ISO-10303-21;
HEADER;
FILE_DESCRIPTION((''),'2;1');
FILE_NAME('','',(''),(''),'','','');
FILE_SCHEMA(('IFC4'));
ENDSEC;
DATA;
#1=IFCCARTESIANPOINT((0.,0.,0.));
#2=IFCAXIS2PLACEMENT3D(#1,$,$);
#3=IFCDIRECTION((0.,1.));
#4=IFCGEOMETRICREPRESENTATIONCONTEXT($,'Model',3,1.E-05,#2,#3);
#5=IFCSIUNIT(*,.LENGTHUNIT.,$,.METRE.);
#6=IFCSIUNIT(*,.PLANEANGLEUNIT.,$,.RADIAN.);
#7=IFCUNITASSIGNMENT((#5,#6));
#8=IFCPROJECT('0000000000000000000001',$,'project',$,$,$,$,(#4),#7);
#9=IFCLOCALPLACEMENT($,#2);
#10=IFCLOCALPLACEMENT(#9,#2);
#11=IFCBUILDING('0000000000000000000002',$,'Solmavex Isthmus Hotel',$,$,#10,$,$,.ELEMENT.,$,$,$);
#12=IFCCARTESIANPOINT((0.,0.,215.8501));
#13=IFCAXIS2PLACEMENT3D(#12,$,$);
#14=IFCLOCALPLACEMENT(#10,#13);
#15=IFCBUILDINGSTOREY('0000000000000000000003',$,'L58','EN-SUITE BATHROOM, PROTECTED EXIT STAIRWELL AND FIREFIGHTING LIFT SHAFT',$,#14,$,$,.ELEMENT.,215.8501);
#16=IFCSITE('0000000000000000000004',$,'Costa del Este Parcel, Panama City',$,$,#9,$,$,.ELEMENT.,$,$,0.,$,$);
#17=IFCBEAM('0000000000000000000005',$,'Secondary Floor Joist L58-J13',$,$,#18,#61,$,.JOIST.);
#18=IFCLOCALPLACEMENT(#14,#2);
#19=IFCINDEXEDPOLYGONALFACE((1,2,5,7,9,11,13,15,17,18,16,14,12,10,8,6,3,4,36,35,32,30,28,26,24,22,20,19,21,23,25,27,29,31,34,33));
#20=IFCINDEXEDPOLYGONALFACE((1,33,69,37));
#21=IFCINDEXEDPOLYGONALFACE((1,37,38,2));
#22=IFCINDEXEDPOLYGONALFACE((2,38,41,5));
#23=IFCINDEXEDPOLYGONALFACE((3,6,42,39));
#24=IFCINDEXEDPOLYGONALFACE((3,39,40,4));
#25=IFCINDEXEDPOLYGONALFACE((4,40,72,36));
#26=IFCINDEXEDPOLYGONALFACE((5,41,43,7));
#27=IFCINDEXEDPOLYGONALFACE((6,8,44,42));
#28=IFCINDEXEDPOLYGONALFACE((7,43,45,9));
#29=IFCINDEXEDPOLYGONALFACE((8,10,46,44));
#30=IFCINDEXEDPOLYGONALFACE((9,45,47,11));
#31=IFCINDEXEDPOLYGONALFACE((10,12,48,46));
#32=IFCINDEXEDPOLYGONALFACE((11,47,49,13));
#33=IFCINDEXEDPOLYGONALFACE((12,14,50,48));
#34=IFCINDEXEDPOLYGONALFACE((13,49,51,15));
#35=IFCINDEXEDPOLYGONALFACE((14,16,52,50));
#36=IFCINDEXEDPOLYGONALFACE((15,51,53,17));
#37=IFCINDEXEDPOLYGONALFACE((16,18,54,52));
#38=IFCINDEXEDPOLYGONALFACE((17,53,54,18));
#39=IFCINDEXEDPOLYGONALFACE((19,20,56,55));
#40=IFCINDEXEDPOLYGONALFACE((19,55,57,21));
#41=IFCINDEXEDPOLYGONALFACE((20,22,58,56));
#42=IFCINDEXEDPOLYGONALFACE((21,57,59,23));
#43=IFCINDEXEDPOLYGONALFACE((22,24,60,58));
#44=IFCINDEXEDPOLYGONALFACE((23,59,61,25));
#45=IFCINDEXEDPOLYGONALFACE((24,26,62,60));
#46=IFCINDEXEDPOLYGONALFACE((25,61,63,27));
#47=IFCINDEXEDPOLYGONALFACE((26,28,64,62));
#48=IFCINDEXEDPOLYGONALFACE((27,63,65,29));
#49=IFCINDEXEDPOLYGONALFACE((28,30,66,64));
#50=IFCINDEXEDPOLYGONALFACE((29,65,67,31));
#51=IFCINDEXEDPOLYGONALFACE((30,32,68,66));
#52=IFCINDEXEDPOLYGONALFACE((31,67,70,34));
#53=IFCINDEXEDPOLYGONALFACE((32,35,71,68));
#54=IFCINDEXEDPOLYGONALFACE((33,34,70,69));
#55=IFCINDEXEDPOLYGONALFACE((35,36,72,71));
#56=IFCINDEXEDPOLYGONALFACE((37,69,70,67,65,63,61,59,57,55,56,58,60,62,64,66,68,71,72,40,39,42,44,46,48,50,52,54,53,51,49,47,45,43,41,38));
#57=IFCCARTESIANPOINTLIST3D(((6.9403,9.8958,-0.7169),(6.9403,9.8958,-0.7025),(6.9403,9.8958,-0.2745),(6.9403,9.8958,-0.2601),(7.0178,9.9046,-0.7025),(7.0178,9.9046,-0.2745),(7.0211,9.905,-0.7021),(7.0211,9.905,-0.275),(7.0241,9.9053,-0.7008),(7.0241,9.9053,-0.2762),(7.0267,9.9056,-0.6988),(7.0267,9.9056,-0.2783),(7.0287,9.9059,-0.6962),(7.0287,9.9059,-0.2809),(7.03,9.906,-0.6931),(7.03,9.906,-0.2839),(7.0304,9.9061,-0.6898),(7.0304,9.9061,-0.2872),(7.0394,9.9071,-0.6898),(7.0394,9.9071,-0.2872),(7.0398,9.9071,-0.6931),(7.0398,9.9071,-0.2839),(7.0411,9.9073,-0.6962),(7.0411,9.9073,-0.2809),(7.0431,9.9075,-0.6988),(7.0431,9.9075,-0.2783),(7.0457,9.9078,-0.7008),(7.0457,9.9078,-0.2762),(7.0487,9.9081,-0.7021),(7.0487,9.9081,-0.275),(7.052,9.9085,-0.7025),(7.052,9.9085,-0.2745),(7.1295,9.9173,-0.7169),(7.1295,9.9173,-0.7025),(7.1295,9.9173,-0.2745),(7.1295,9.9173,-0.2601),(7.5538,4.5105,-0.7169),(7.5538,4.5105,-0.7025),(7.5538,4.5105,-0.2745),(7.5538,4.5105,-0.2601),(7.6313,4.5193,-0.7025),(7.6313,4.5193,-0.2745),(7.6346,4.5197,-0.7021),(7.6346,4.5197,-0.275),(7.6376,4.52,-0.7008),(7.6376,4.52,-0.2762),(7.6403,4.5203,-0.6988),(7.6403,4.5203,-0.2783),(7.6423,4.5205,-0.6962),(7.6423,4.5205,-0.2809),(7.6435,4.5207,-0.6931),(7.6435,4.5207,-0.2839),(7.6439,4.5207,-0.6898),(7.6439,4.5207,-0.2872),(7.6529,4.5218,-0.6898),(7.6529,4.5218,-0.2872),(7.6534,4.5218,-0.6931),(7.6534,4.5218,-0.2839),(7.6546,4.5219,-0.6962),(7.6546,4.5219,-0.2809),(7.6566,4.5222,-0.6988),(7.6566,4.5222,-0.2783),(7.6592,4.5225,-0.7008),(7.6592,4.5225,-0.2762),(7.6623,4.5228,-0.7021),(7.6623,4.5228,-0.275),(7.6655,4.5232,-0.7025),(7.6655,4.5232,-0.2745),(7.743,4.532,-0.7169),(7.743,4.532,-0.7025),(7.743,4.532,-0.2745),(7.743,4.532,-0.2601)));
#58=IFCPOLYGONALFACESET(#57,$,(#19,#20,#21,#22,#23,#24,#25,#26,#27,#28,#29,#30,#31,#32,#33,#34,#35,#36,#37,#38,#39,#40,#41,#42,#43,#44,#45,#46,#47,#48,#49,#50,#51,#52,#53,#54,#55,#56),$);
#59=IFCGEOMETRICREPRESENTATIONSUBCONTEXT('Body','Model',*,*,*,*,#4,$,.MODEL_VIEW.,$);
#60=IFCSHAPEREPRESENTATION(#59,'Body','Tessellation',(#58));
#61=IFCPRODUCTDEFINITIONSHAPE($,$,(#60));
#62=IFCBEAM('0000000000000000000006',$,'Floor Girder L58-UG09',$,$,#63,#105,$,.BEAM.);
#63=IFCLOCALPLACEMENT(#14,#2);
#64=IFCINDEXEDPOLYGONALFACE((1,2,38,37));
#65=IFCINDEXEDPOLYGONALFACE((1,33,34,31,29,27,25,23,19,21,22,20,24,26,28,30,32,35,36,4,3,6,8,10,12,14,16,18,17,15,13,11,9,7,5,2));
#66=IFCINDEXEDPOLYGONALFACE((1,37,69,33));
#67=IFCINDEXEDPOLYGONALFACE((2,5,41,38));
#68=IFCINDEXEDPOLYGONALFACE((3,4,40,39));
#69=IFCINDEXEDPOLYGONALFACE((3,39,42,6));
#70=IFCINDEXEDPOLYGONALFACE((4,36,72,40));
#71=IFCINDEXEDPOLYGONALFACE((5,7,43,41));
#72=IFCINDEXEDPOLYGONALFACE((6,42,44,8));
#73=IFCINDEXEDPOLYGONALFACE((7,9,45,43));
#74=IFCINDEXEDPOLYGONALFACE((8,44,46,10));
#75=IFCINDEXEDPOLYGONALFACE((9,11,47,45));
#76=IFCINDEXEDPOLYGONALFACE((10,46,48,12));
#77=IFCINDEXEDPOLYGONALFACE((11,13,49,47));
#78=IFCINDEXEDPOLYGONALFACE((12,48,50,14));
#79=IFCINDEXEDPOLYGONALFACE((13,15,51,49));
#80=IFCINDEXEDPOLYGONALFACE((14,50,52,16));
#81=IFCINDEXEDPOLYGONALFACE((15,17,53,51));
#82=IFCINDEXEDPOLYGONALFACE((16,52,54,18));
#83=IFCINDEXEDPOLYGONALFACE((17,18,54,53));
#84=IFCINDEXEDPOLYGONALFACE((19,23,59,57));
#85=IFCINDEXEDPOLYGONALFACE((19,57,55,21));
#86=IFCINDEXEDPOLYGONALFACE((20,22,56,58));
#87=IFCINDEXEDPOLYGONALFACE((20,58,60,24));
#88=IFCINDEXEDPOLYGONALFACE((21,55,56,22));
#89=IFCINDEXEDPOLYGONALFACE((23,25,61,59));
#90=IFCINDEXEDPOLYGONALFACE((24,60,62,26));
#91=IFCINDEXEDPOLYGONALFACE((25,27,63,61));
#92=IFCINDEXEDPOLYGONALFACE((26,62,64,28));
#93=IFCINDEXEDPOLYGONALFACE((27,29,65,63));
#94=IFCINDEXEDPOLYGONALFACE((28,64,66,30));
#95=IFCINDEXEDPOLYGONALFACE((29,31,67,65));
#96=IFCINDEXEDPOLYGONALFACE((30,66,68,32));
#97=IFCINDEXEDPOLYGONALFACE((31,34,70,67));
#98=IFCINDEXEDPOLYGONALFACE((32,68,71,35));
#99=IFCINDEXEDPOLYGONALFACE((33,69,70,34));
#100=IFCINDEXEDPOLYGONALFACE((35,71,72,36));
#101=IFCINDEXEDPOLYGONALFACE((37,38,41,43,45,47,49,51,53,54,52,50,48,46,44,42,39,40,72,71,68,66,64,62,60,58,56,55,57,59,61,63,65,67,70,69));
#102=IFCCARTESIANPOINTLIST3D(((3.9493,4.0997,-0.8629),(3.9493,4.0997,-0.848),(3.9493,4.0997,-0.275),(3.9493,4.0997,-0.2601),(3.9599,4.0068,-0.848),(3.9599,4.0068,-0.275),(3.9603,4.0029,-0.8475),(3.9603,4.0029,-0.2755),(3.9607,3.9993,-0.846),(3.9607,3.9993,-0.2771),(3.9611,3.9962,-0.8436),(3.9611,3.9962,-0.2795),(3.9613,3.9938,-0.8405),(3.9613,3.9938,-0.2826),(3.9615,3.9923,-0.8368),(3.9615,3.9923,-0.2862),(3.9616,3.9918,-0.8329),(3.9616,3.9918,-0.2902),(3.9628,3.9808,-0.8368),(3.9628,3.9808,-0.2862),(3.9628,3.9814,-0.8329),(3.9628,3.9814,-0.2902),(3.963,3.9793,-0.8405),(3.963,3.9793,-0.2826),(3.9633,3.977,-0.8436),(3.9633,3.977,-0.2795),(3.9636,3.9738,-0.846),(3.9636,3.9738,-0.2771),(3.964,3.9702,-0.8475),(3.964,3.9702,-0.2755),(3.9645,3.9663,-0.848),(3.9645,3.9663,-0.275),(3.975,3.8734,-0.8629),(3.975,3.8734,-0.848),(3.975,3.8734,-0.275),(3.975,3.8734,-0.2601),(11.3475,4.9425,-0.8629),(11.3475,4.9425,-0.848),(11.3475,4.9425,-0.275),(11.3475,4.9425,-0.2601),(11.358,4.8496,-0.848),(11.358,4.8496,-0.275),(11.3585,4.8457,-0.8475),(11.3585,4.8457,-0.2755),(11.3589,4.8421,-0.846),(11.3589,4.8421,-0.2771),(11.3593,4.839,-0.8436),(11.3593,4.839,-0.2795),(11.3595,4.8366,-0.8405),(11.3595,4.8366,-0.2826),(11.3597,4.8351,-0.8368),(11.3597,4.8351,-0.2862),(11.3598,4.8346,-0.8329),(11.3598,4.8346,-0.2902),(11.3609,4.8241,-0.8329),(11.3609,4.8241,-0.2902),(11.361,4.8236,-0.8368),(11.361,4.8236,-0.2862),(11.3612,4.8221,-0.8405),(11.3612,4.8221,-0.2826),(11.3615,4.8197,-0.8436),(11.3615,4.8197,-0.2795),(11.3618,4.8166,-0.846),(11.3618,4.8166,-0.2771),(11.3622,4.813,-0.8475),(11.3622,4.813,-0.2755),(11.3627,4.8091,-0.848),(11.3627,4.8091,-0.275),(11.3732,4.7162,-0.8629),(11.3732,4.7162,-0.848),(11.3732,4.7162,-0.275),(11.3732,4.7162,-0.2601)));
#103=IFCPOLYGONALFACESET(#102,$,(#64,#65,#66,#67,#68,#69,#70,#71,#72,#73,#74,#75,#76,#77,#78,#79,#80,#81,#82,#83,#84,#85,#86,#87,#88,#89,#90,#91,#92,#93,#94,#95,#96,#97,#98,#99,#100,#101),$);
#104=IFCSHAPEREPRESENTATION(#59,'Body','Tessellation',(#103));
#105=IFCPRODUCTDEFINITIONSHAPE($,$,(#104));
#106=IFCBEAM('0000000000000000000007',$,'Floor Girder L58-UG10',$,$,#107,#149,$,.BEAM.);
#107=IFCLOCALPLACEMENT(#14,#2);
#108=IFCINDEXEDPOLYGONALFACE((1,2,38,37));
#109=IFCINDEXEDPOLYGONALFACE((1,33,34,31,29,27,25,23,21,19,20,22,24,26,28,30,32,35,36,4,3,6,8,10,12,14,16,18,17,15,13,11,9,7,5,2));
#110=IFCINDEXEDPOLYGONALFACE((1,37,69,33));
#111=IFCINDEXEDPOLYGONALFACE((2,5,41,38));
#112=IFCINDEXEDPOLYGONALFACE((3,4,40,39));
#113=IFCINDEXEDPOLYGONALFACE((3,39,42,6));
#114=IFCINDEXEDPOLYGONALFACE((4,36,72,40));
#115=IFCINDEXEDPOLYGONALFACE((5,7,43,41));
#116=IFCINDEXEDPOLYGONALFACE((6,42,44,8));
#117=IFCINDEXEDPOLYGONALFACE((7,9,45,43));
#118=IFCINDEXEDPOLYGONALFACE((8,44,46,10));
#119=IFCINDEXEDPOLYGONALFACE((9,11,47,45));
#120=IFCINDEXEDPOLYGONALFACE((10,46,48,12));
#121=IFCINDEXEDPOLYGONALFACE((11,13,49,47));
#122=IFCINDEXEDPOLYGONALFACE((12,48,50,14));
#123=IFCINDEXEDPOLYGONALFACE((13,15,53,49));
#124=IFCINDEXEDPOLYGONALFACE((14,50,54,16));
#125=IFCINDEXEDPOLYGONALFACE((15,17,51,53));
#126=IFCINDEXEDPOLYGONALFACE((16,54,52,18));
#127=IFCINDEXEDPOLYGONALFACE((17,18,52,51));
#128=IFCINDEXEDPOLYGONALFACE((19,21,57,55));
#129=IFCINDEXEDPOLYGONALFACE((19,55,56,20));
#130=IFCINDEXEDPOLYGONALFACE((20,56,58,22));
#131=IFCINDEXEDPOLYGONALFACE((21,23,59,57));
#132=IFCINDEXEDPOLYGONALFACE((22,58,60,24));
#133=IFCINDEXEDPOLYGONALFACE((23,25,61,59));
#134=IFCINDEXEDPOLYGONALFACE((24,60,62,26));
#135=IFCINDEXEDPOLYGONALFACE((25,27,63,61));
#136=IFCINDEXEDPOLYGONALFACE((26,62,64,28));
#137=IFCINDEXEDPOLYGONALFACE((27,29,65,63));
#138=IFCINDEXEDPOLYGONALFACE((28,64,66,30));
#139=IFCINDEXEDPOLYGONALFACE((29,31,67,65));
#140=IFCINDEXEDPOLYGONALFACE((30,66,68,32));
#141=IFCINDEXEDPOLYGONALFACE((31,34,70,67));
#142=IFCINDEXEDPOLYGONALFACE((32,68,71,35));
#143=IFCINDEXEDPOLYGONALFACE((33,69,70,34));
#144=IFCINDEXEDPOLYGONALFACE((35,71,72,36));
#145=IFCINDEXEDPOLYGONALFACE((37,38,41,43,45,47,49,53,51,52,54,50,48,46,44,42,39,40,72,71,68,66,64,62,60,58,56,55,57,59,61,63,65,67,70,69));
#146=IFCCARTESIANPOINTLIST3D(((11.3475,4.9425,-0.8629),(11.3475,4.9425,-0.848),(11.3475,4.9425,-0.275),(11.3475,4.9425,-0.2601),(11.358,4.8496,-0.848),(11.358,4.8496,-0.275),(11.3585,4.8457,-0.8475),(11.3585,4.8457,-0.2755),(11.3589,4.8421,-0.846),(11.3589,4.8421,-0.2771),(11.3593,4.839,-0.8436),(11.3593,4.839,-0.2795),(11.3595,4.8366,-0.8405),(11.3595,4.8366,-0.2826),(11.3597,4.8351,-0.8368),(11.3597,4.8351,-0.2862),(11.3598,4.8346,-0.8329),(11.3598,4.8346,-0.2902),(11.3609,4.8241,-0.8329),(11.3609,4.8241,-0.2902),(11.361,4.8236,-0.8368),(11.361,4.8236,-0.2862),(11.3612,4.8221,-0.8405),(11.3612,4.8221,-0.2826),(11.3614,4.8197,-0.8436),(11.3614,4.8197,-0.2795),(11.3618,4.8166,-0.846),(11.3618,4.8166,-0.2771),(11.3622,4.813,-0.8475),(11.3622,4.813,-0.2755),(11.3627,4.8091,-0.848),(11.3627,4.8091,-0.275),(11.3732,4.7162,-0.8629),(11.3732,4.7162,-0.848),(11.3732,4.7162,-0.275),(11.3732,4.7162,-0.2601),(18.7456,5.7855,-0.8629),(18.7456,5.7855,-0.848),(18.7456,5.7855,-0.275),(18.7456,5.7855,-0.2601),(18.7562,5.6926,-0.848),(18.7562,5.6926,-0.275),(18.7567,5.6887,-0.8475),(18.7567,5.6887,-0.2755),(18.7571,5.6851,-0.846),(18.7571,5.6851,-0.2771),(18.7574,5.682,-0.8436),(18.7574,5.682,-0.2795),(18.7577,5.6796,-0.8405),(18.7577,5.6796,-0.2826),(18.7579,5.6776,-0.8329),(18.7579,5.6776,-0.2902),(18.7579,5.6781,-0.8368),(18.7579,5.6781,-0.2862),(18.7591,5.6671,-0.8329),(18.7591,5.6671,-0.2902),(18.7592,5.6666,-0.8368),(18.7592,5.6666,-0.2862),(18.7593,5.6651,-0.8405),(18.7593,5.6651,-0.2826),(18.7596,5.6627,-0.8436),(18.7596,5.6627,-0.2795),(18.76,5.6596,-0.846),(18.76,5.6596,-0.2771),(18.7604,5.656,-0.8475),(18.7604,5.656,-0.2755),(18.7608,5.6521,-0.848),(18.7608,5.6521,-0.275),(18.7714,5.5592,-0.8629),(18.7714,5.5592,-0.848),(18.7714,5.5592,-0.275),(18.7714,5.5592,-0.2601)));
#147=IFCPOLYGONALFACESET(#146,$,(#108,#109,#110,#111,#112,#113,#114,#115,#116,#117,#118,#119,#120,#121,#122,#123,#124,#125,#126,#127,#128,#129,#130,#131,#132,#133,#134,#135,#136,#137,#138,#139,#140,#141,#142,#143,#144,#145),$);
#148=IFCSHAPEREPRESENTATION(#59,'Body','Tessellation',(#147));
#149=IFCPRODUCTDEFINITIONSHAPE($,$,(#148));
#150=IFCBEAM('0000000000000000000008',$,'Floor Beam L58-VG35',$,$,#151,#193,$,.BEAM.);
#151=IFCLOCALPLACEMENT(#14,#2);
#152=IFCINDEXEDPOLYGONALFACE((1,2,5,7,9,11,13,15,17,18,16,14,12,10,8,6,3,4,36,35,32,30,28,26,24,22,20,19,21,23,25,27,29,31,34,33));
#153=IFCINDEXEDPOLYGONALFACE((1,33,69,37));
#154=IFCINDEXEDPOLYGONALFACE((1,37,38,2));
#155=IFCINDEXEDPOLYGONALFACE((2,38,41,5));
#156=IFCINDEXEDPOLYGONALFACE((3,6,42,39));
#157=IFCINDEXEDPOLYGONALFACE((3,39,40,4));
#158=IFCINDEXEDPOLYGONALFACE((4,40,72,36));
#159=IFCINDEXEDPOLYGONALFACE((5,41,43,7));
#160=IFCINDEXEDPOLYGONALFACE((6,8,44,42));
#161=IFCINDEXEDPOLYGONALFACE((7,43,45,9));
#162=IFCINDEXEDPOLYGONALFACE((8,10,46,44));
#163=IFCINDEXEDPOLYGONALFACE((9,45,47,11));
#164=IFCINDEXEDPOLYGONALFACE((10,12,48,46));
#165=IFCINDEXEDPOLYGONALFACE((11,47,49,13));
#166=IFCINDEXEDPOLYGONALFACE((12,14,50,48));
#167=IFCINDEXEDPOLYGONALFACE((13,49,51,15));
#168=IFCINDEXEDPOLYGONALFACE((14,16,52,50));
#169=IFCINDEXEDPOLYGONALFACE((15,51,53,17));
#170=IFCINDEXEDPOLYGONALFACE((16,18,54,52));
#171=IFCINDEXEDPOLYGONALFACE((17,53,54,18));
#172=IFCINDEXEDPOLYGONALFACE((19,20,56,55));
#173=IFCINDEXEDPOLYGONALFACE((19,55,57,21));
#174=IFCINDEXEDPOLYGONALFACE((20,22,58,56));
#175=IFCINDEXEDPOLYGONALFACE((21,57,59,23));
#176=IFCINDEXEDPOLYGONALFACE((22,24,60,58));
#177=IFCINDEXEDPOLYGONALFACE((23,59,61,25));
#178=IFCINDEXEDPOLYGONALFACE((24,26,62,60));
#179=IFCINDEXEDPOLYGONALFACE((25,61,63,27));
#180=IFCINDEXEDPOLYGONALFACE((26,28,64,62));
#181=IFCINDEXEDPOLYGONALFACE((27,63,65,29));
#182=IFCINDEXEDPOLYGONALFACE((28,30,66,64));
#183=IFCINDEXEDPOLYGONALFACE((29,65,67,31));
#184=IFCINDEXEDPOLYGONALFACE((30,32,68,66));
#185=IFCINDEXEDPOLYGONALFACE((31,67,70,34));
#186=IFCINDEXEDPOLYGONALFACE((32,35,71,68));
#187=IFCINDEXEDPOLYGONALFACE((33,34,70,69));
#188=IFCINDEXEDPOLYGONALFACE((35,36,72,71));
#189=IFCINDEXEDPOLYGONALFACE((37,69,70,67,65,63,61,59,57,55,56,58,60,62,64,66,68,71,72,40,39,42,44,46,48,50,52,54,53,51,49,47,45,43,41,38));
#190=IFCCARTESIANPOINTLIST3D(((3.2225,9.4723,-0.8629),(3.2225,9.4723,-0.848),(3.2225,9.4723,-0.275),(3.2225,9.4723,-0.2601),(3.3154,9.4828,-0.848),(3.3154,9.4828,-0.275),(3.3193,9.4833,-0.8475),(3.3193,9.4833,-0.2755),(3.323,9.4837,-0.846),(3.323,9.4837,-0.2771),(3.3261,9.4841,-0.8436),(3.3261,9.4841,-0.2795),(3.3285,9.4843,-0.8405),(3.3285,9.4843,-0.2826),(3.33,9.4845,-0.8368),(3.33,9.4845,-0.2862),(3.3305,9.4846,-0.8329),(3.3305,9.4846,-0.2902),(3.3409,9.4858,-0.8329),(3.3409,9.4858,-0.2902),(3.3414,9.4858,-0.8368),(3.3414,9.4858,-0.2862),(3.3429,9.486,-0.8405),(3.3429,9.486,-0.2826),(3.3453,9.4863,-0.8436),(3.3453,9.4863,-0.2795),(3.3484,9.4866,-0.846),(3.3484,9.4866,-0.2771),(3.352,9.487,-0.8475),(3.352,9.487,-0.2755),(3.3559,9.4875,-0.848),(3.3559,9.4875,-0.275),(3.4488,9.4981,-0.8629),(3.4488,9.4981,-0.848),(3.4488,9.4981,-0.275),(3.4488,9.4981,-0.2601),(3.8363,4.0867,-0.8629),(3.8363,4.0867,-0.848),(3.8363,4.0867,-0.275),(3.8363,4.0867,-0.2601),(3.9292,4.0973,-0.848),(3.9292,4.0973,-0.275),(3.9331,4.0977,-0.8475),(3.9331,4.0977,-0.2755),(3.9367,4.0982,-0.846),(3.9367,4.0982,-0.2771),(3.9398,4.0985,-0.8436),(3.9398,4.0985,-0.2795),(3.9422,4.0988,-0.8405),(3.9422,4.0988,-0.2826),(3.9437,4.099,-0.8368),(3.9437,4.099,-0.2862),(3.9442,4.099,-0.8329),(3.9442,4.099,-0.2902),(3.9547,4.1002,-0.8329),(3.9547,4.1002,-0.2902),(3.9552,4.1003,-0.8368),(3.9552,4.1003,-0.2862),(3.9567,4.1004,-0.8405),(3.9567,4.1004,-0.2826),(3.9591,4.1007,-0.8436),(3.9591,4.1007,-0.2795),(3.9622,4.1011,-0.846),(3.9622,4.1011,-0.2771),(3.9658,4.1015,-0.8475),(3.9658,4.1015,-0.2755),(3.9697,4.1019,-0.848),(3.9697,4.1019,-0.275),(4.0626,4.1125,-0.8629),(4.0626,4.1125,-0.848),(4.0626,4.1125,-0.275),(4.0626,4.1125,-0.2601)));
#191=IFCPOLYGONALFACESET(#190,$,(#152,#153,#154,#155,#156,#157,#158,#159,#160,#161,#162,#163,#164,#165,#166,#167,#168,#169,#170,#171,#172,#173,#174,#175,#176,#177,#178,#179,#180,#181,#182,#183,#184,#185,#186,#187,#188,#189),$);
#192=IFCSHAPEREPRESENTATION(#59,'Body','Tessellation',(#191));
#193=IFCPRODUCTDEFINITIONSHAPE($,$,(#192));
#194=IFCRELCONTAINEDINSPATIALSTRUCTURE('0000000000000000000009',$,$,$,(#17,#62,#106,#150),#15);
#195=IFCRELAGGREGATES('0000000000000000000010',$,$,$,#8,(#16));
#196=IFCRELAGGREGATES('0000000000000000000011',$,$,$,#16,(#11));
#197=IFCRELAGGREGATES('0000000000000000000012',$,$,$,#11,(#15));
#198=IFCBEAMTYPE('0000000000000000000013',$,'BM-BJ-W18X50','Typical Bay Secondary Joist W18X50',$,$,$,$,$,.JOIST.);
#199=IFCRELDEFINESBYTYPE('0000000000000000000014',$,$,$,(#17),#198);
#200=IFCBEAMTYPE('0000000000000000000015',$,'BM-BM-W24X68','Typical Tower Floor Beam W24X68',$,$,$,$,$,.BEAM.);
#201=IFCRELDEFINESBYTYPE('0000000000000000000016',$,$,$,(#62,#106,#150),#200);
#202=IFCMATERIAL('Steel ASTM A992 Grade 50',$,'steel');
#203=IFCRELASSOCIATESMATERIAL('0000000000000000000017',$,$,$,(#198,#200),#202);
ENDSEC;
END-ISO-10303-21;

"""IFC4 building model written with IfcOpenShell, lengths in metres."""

from ifc_helpers import new_model, si_unit, direction, frame, origin, origin_2d, place, context, subcontext, project, spatial, i_section, extrude, material, material_profile, profile_set, type_object, element, save


model = new_model("IFC4")

# Units and contexts
model_context = context("Model", 3, precision=1e-05, world=origin(), true_north=direction((0.0, 1.0)))
body_context = subcontext(model_context, "Body", "Model", "MODEL_VIEW")
ifc_project = project(units=[si_unit("LENGTHUNIT", "METRE"), si_unit("PLANEANGLEUNIT", "RADIAN")], contexts=[model_context])

# Site, building, storey
site_placement = place(None, origin())
site = spatial("IfcSite", under=ifc_project, at=site_placement, Name="Costa del Este Parcel, Panama City", CompositionType="ELEMENT", RefElevation=0.0)
building_placement = place(site_placement, origin())
building = spatial("IfcBuilding", under=site, at=building_placement, Name="Solmavex Isthmus Hotel", CompositionType="ELEMENT")
storey_placement = place(building_placement, frame((0.0, 0.0, 215.8501)))
storey = spatial("IfcBuildingStorey", under=building, at=storey_placement, Name="L58", Description="EN-SUITE BATHROOM, PROTECTED EXIT STAIRWELL AND FIREFIGHTING LIFT SHAFT", CompositionType="ELEMENT", Elevation=215.8501)

# Beams
ifc_material_1 = material(Name="Steel ASTM A992 Grade 50", Category="steel")
ifc_material_profile_1 = material_profile(ifc_material_1, i_section(OverallWidth=0.1904, OverallDepth=0.4568, WebThickness=0.009, FlangeThickness=0.0144, FilletRadius=0.0127, at=origin_2d()), Name="W18X50")
ifc_profile_set_1 = profile_set([ifc_material_profile_1], Name="Steel ASTM A992 Grade 50")
beam_type_1 = type_object("IfcBeamType", Name="BM-BJ-W18X50", Description="Typical Bay Secondary Joist W18X50", PredefinedType="JOIST", material=ifc_profile_set_1)
beam_1_placement = place(storey_placement, frame((7.6484, 4.5212, -0.4885), z_axis=(-0.113195, 0.993573, 0.0), x_axis=(-0.993573, -0.113195, 0.0)))
element("IfcBeam", 1, at=beam_1_placement, inside=storey, type_object=beam_type_1, Name="Secondary Floor Joist L58-J13", PredefinedType="JOIST", context=body_context, shape_type="SweptSolid", body=[
    extrude(i_section(OverallWidth=0.1904, OverallDepth=0.4568, WebThickness=0.009, FlangeThickness=0.0144, FilletRadius=0.0127, at=origin_2d()), origin(), (0.0, 0.0, 1.0), 5.4202),
])
ifc_material_profile_2 = material_profile(ifc_material_1, i_section(OverallWidth=0.2278, OverallDepth=0.6028, WebThickness=0.0105, FlangeThickness=0.0149, FilletRadius=0.0151, at=origin_2d()), Name="W24X68")
ifc_profile_set_2 = profile_set([ifc_material_profile_2], Name="Steel ASTM A992 Grade 50")
beam_type_2 = type_object("IfcBeamType", Name="BM-BM-W24X68", Description="Typical Tower Floor Beam W24X68", PredefinedType="BEAM", material=ifc_profile_set_2)
for number, where, z_axis, x_axis, name in (
    (2, (3.9622, 3.9866, -0.5615), (0.993574, 0.113184, 0.0), (-0.113184, 0.993574, 0.0), "Floor Girder L58-UG09"),
    (3, (11.3604, 4.8293, -0.5615), (0.99357, 0.113216, 0.0), (-0.113216, 0.99357, 0.0), "Floor Girder L58-UG10"),
):
    element("IfcBeam", number, at=place(storey_placement, frame(where, z_axis=z_axis, x_axis=x_axis)), inside=storey, type_object=beam_type_2, Name=name, PredefinedType="BEAM", context=body_context, shape_type="SweptSolid", body=[
        extrude(i_section(OverallWidth=0.2278, OverallDepth=0.6028, WebThickness=0.0105, FlangeThickness=0.0149, FilletRadius=0.0151, at=origin_2d()), origin(), (0.0, 0.0, 1.0), 7.446),
    ])
beam_2_placement = place(storey_placement, frame((3.9495, 4.0996, -0.5615), z_axis=(-0.113234, 0.993568, 0.0), x_axis=(-0.993568, -0.113234, 0.0)))
element("IfcBeam", 4, at=beam_2_placement, inside=storey, type_object=beam_type_2, Name="Floor Beam L58-VG35", PredefinedType="BEAM", context=body_context, shape_type="SweptSolid", body=[
    extrude(i_section(OverallWidth=0.2278, OverallDepth=0.6028, WebThickness=0.0105, FlangeThickness=0.0149, FilletRadius=0.0151, at=origin_2d()), origin(), (0.0, 0.0, 1.0), 5.4204),
])

save(model, "model.ifc")
